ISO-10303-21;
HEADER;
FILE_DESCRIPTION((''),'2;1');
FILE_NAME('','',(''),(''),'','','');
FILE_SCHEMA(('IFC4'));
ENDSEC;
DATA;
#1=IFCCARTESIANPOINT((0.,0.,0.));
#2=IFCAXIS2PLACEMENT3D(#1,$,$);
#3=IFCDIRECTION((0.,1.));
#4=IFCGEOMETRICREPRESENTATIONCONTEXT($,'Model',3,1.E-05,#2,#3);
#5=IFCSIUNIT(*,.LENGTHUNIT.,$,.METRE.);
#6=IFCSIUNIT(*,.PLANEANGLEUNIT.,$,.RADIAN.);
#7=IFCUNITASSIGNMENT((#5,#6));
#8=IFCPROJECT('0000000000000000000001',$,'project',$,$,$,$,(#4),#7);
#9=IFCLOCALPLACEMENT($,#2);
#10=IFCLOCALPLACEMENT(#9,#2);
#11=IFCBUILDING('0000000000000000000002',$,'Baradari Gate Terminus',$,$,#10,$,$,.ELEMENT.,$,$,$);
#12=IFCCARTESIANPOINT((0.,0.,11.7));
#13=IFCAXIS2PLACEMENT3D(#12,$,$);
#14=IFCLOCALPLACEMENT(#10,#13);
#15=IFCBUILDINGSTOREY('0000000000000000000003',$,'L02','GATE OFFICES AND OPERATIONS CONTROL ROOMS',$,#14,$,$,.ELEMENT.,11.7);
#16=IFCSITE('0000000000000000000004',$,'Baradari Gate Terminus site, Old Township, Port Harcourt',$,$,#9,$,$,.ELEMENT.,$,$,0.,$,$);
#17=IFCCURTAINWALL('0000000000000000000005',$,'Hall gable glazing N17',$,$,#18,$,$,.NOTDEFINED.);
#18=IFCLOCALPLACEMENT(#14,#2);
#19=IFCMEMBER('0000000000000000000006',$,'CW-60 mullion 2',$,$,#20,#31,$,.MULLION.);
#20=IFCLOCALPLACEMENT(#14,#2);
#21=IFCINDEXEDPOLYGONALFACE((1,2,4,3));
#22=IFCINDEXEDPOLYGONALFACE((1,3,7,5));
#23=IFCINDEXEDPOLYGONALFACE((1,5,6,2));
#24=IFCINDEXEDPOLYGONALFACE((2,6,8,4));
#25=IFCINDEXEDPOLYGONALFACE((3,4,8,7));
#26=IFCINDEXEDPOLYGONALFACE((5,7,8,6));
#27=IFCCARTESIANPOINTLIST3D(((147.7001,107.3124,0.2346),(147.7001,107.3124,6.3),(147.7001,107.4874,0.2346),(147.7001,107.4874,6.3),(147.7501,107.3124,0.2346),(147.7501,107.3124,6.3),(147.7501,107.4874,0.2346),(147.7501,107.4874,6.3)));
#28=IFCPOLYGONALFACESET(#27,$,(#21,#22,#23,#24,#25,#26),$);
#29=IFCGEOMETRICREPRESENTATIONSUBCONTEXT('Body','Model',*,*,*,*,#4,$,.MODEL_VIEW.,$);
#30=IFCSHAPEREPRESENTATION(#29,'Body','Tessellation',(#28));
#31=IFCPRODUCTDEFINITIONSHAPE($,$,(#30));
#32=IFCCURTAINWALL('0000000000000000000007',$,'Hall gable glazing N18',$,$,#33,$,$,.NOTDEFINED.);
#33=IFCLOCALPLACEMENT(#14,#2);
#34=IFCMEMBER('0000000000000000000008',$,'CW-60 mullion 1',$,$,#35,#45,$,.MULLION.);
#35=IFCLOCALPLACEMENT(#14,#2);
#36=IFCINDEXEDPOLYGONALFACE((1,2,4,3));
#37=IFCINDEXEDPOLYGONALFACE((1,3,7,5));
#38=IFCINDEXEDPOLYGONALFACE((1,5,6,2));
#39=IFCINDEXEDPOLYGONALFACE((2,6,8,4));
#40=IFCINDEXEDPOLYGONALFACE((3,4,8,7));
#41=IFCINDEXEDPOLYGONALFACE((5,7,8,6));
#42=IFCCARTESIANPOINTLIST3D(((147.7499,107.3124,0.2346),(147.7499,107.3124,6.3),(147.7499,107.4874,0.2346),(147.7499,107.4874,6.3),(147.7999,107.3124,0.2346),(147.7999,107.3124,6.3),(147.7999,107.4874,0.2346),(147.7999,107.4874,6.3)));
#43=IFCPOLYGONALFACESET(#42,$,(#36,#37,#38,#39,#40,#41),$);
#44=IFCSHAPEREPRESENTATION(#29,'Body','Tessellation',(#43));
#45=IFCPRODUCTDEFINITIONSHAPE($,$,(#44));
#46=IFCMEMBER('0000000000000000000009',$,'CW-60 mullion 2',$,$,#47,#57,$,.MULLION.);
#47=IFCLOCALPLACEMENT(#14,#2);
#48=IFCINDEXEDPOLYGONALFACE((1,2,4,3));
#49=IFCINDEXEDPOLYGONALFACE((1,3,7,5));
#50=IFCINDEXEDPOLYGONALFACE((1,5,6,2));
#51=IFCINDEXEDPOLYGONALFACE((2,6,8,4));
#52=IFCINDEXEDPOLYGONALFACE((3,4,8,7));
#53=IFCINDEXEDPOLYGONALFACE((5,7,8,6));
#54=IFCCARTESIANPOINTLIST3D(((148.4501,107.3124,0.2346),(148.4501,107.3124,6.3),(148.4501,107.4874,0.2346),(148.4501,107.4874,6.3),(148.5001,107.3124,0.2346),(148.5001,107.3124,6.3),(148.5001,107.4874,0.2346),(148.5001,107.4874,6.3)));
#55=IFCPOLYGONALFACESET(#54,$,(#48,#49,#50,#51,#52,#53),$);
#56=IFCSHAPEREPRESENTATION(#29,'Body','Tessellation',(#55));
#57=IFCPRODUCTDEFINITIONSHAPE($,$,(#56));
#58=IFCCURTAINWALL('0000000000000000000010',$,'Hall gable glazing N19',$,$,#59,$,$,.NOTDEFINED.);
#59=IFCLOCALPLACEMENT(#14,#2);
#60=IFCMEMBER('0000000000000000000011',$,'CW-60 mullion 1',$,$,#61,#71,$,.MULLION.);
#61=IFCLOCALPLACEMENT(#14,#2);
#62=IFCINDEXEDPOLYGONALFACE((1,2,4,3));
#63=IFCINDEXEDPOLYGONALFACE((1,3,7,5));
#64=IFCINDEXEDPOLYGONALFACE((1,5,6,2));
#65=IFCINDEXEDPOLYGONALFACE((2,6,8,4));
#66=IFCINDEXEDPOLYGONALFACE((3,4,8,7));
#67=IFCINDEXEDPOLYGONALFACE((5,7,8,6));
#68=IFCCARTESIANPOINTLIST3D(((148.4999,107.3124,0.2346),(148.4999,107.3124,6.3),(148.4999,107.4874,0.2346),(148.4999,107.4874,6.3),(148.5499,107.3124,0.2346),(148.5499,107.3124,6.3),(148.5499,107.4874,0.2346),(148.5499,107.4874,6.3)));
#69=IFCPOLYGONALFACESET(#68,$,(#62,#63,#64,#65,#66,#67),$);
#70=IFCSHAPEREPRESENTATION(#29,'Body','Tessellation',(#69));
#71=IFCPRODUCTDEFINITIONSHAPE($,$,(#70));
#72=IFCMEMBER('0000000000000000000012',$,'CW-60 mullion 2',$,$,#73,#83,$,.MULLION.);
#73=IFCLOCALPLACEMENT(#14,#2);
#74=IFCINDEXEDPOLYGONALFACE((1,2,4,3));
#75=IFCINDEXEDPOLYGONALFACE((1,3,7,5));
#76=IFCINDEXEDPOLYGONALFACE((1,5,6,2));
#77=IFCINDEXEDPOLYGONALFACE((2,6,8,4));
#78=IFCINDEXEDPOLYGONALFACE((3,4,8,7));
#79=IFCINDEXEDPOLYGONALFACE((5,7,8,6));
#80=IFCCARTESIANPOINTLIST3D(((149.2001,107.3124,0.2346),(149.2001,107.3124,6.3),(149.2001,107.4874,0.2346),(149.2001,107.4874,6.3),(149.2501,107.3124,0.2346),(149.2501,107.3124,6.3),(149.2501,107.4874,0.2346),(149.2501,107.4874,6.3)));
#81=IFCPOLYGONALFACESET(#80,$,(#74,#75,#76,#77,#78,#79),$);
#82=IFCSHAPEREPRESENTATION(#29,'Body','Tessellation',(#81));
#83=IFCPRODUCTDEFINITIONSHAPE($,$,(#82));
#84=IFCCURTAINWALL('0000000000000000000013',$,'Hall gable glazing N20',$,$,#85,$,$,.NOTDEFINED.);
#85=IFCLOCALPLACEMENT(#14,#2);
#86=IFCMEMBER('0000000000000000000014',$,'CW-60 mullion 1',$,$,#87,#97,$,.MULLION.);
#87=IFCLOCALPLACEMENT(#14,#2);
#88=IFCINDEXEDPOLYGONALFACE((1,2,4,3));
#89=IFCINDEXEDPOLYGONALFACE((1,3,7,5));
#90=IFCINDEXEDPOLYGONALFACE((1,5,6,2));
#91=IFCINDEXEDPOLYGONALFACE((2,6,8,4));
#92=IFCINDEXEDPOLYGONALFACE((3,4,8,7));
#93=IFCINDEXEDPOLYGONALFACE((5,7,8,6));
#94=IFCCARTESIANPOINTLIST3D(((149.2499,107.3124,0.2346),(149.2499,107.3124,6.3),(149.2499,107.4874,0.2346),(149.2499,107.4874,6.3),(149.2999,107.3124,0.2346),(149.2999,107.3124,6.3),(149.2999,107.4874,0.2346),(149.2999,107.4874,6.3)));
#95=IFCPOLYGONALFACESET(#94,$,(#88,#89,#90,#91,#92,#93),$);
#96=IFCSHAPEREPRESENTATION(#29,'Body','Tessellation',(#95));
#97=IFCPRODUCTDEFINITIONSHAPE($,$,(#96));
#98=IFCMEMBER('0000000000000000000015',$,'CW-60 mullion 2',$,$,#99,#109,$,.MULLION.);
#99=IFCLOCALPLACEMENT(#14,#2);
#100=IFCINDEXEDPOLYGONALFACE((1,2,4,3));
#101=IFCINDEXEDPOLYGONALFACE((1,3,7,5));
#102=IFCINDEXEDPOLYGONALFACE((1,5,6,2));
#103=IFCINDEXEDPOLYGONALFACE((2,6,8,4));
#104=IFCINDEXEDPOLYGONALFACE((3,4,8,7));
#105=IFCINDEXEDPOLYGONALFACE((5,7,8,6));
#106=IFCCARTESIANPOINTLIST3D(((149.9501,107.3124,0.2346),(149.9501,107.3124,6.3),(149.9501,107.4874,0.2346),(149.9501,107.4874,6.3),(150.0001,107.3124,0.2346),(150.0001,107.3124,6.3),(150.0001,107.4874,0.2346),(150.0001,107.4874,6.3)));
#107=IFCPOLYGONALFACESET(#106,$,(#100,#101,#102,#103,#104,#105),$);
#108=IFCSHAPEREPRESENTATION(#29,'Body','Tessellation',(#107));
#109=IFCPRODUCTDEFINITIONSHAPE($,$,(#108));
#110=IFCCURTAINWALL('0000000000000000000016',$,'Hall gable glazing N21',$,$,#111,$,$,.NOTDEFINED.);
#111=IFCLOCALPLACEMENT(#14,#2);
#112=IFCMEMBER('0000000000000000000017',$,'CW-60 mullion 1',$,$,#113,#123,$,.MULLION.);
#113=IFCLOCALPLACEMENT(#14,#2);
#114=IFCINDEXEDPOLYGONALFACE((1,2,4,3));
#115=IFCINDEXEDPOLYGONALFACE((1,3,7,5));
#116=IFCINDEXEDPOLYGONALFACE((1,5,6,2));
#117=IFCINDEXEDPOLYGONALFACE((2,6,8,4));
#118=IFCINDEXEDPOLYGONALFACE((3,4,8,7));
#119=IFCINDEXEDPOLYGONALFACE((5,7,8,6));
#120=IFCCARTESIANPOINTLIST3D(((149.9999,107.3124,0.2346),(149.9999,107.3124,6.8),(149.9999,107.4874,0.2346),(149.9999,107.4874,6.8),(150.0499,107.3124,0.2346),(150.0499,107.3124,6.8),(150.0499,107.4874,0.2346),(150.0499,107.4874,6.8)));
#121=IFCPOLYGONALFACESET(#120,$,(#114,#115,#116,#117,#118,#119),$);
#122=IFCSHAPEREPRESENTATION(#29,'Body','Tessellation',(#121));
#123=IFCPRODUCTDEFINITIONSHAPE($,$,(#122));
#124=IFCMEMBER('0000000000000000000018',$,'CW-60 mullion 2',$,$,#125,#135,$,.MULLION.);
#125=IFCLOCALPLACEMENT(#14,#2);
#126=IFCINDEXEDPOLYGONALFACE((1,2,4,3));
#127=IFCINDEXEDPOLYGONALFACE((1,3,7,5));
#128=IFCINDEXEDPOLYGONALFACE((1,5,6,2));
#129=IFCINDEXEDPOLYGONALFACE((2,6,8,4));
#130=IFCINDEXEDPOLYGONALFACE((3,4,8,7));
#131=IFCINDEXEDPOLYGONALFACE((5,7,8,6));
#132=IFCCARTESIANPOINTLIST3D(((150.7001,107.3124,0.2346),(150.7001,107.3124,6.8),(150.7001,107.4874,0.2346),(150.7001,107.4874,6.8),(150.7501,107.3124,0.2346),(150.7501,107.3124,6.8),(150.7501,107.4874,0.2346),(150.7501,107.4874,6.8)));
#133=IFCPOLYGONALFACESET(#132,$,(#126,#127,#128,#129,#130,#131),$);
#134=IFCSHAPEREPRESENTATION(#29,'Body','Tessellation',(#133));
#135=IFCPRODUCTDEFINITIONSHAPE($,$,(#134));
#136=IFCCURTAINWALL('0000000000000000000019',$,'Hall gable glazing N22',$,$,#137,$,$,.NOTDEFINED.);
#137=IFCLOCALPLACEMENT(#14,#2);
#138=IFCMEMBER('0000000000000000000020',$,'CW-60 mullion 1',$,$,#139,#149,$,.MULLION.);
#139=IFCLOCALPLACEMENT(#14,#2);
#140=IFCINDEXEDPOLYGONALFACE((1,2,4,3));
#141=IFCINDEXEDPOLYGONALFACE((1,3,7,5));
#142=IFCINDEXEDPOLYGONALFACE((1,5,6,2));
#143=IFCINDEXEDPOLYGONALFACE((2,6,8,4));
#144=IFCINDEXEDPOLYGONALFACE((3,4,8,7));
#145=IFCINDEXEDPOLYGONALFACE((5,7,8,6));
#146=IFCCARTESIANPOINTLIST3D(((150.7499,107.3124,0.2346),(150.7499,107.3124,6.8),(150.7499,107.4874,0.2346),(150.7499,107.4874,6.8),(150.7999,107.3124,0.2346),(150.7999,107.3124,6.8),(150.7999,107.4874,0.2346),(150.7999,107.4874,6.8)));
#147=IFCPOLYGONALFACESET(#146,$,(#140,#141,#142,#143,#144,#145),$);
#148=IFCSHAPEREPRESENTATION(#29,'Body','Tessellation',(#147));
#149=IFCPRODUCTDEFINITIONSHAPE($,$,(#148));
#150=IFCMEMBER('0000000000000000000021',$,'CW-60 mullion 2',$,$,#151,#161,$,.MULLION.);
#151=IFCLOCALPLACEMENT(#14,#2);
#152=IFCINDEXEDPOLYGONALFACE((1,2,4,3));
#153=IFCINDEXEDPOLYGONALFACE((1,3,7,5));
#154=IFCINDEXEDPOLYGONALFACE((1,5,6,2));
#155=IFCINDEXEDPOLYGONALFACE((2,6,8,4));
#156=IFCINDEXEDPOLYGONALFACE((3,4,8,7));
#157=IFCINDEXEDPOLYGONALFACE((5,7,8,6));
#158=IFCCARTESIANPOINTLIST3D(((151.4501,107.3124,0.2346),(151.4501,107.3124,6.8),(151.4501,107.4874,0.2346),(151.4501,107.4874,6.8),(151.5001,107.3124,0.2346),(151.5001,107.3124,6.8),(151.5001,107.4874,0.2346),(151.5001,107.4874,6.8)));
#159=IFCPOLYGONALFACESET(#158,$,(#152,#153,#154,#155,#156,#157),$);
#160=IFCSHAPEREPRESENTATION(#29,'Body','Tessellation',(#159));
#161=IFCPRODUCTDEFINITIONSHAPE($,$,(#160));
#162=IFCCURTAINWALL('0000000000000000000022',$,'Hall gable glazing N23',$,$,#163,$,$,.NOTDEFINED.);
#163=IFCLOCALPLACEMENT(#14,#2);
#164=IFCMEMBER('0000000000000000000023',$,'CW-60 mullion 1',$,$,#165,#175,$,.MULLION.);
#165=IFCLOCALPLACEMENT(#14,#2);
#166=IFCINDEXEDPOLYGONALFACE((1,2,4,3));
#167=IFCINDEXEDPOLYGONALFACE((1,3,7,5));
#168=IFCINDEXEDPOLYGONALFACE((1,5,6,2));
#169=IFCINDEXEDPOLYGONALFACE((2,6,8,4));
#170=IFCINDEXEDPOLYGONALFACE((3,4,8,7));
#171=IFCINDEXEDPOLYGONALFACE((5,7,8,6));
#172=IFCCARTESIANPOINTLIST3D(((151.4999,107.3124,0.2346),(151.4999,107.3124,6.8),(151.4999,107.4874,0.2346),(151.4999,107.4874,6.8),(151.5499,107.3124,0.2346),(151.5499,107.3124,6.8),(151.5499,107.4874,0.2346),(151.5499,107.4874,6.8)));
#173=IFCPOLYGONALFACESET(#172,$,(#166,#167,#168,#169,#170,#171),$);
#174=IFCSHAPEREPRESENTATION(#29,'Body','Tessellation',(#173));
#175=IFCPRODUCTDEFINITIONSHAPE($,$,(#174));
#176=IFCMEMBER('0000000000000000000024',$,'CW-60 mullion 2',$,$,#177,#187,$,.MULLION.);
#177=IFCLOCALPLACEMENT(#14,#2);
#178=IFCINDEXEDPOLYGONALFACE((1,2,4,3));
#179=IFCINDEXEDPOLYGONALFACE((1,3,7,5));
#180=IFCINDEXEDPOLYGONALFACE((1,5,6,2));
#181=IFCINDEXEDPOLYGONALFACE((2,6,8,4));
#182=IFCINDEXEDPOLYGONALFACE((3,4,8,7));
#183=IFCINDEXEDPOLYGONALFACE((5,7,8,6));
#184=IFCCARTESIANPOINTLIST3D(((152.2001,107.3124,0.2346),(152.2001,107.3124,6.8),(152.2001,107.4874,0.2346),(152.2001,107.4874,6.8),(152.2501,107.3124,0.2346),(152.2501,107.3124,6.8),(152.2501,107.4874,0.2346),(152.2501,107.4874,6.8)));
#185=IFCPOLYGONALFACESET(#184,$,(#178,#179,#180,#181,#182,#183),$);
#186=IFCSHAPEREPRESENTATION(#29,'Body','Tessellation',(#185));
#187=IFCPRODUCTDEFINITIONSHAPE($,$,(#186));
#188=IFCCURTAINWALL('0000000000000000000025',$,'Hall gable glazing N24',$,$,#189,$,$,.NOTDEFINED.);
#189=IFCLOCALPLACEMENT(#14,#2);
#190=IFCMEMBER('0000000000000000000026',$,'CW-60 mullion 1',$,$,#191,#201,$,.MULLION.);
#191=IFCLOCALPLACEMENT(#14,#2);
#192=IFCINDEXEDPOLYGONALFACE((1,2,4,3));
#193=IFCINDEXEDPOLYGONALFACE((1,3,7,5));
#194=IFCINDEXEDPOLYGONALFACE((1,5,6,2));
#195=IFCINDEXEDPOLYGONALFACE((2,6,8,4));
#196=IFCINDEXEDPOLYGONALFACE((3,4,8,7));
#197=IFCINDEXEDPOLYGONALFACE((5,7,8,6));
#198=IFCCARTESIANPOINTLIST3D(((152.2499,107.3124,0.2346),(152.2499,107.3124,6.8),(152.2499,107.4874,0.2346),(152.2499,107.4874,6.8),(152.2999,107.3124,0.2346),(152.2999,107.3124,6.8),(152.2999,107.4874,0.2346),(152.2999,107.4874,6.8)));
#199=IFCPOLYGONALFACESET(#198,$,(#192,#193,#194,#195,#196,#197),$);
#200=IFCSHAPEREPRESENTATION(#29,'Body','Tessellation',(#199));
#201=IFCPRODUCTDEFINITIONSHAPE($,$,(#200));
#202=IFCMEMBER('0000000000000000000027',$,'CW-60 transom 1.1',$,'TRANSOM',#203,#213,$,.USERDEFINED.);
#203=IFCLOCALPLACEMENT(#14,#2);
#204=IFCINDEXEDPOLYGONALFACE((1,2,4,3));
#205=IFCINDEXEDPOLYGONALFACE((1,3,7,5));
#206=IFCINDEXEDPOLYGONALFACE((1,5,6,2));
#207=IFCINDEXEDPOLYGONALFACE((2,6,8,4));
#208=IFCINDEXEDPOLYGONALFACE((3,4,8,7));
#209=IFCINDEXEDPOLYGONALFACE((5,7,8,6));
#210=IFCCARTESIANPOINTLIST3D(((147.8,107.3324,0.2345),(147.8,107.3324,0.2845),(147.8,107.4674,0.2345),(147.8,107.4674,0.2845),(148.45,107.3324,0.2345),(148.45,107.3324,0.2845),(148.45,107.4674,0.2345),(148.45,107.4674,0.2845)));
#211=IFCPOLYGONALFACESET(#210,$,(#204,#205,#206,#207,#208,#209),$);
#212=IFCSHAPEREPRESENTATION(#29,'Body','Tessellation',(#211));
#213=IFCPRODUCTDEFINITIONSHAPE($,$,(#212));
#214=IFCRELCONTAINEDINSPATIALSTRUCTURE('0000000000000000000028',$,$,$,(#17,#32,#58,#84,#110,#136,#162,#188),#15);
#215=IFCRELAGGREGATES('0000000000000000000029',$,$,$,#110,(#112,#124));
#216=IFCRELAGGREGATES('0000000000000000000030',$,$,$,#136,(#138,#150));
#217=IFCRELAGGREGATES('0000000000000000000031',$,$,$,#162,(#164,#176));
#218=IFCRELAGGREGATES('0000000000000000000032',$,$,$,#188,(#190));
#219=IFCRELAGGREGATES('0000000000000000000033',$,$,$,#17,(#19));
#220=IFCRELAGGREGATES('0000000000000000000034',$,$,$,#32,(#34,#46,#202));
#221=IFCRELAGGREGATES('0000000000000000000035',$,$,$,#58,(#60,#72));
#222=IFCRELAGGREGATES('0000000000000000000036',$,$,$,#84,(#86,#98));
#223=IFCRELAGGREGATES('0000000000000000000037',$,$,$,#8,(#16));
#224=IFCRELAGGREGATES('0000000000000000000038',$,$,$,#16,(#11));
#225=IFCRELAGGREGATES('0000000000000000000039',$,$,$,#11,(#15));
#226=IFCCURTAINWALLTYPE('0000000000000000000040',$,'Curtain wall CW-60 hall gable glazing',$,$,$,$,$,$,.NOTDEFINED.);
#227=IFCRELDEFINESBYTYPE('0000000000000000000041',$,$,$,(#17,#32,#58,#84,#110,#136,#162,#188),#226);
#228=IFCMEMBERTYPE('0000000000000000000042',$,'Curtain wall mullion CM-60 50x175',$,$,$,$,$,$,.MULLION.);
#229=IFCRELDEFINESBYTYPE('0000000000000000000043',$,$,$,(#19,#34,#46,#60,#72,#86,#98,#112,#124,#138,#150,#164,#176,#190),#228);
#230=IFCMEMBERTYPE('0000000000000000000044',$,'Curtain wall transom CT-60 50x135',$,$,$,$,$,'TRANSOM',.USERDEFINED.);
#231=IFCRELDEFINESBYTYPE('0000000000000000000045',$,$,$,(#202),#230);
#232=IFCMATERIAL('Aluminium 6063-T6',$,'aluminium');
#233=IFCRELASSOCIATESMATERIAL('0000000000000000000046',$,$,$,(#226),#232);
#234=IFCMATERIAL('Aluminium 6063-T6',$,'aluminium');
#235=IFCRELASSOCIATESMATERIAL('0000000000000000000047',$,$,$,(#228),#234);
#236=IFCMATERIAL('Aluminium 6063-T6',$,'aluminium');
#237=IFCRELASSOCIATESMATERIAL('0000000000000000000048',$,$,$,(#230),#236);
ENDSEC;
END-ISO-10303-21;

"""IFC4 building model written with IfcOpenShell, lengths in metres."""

from ifc_helpers import new_model, si_unit, direction, frame, origin, origin_2d, place, context, subcontext, project, spatial, rectangle, extrude, material, material_profile, profile_set, type_object, element, aggregate, save


model = new_model("IFC4")

# Units and contexts
model_context = context("Model", 3, precision=1e-05, world=origin(), true_north=direction((0.0, 1.0)))
body_context = subcontext(model_context, "Body", "Model", "MODEL_VIEW")
ifc_project = project(units=[si_unit("LENGTHUNIT", "METRE"), si_unit("PLANEANGLEUNIT", "RADIAN")], contexts=[model_context])

# Site, building, storey
site_placement = place(None, origin())
site = spatial("IfcSite", under=ifc_project, at=site_placement, Name="Baradari Gate Terminus site, Old Township, Port Harcourt", CompositionType="ELEMENT", RefElevation=0.0)
building_placement = place(site_placement, origin())
building = spatial("IfcBuilding", under=site, at=building_placement, Name="Baradari Gate Terminus", CompositionType="ELEMENT")
storey_placement = place(building_placement, frame((0.0, 0.0, 11.7)))
storey = spatial("IfcBuildingStorey", under=building, at=storey_placement, Name="L02", Description="GATE OFFICES AND OPERATIONS CONTROL ROOMS", CompositionType="ELEMENT", Elevation=11.7)

# Curtain wall, member
ifc_material_1 = material(Name="Aluminium 6063-T6", Category="aluminium")
curtain_wall_type = type_object("IfcCurtainWallType", Name="Curtain wall CW-60 hall gable glazing", PredefinedType="NOTDEFINED", material=ifc_material_1)
curtain_wall_1_placement = place(storey_placement, origin())
curtain_wall_1 = element("IfcCurtainWall", 1, at=curtain_wall_1_placement, inside=storey, type_object=curtain_wall_type, Name="Hall gable glazing N17", PredefinedType="NOTDEFINED")
ifc_material_2 = material(Name="Aluminium 6063-T6", Category="aluminium")
ifc_material_profile_1 = material_profile(ifc_material_2, rectangle(XDim=0.175, YDim=0.05, at=origin_2d()), Name="CM-60 50X175")
ifc_profile_set_1 = profile_set([ifc_material_profile_1], Name="Aluminium 6063-T6")
member_type_1 = type_object("IfcMemberType", Name="Curtain wall mullion CM-60 50x175", PredefinedType="MULLION", material=ifc_profile_set_1)
member_1_placement = place(storey_placement, frame((147.7251, 107.3999, 0.2346), z_axis=(0.0, 0.0, 1.0), x_axis=(0.0, 1.0, 0.0)))
member_1 = element("IfcMember", 2, at=member_1_placement, type_object=member_type_1, Name="CW-60 mullion 2", PredefinedType="MULLION", context=body_context, shape_type="SweptSolid", body=[
    extrude(rectangle(XDim=0.175, YDim=0.05, at=origin_2d()), origin(), (0.0, 0.0, 1.0), 6.0654),
])

# Curtain walls, members
curtain_wall_2_placement = place(storey_placement, origin())
curtain_wall_2 = element("IfcCurtainWall", 3, at=curtain_wall_2_placement, inside=storey, type_object=curtain_wall_type, Name="Hall gable glazing N18", PredefinedType="NOTDEFINED")
member_2_placement = place(storey_placement, frame((147.7749, 107.3999, 0.2346), z_axis=(0.0, 0.0, 1.0), x_axis=(0.0, 1.0, 0.0)))
member_2 = element("IfcMember", 4, at=member_2_placement, type_object=member_type_1, Name="CW-60 mullion 1", PredefinedType="MULLION", context=body_context, shape_type="SweptSolid", body=[
    extrude(rectangle(XDim=0.175, YDim=0.05, at=origin_2d()), origin(), (0.0, 0.0, 1.0), 6.0654),
])
member_3_placement = place(storey_placement, frame((148.4751, 107.3999, 0.2346), z_axis=(0.0, 0.0, 1.0), x_axis=(0.0, 1.0, 0.0)))
member_3 = element("IfcMember", 5, at=member_3_placement, type_object=member_type_1, Name="CW-60 mullion 2", PredefinedType="MULLION", context=body_context, shape_type="SweptSolid", body=[
    extrude(rectangle(XDim=0.175, YDim=0.05, at=origin_2d()), origin(), (0.0, 0.0, 1.0), 6.0654),
])
curtain_wall_3_placement = place(storey_placement, origin())
curtain_wall_3 = element("IfcCurtainWall", 6, at=curtain_wall_3_placement, inside=storey, type_object=curtain_wall_type, Name="Hall gable glazing N19", PredefinedType="NOTDEFINED")
member_4_placement = place(storey_placement, frame((148.5249, 107.3999, 0.2346), z_axis=(0.0, 0.0, 1.0), x_axis=(0.0, 1.0, 0.0)))
member_4 = element("IfcMember", 7, at=member_4_placement, type_object=member_type_1, Name="CW-60 mullion 1", PredefinedType="MULLION", context=body_context, shape_type="SweptSolid", body=[
    extrude(rectangle(XDim=0.175, YDim=0.05, at=origin_2d()), origin(), (0.0, 0.0, 1.0), 6.0654),
])
member_5_placement = place(storey_placement, frame((149.2251, 107.3999, 0.2346), z_axis=(0.0, 0.0, 1.0), x_axis=(0.0, 1.0, 0.0)))
member_5 = element("IfcMember", 8, at=member_5_placement, type_object=member_type_1, Name="CW-60 mullion 2", PredefinedType="MULLION", context=body_context, shape_type="SweptSolid", body=[
    extrude(rectangle(XDim=0.175, YDim=0.05, at=origin_2d()), origin(), (0.0, 0.0, 1.0), 6.0654),
])
curtain_wall_4_placement = place(storey_placement, origin())
curtain_wall_4 = element("IfcCurtainWall", 9, at=curtain_wall_4_placement, inside=storey, type_object=curtain_wall_type, Name="Hall gable glazing N20", PredefinedType="NOTDEFINED")
member_6_placement = place(storey_placement, frame((149.2749, 107.3999, 0.2346), z_axis=(0.0, 0.0, 1.0), x_axis=(0.0, 1.0, 0.0)))
member_6 = element("IfcMember", 10, at=member_6_placement, type_object=member_type_1, Name="CW-60 mullion 1", PredefinedType="MULLION", context=body_context, shape_type="SweptSolid", body=[
    extrude(rectangle(XDim=0.175, YDim=0.05, at=origin_2d()), origin(), (0.0, 0.0, 1.0), 6.0654),
])
member_7_placement = place(storey_placement, frame((149.9751, 107.3999, 0.2346), z_axis=(0.0, 0.0, 1.0), x_axis=(0.0, 1.0, 0.0)))
member_7 = element("IfcMember", 11, at=member_7_placement, type_object=member_type_1, Name="CW-60 mullion 2", PredefinedType="MULLION", context=body_context, shape_type="SweptSolid", body=[
    extrude(rectangle(XDim=0.175, YDim=0.05, at=origin_2d()), origin(), (0.0, 0.0, 1.0), 6.0654),
])
curtain_wall_5_placement = place(storey_placement, origin())
curtain_wall_5 = element("IfcCurtainWall", 12, at=curtain_wall_5_placement, inside=storey, type_object=curtain_wall_type, Name="Hall gable glazing N21", PredefinedType="NOTDEFINED")
member_8_placement = place(storey_placement, frame((150.0249, 107.3999, 0.2346), z_axis=(0.0, 0.0, 1.0), x_axis=(0.0, 1.0, 0.0)))
member_8 = element("IfcMember", 13, at=member_8_placement, type_object=member_type_1, Name="CW-60 mullion 1", PredefinedType="MULLION", context=body_context, shape_type="SweptSolid", body=[
    extrude(rectangle(XDim=0.175, YDim=0.05, at=origin_2d()), origin(), (0.0, 0.0, 1.0), 6.5654),
])
member_9_placement = place(storey_placement, frame((150.7251, 107.3999, 0.2346), z_axis=(0.0, 0.0, 1.0), x_axis=(0.0, 1.0, 0.0)))
member_9 = element("IfcMember", 14, at=member_9_placement, type_object=member_type_1, Name="CW-60 mullion 2", PredefinedType="MULLION", context=body_context, shape_type="SweptSolid", body=[
    extrude(rectangle(XDim=0.175, YDim=0.05, at=origin_2d()), origin(), (0.0, 0.0, 1.0), 6.5654),
])
curtain_wall_6_placement = place(storey_placement, origin())
curtain_wall_6 = element("IfcCurtainWall", 15, at=curtain_wall_6_placement, inside=storey, type_object=curtain_wall_type, Name="Hall gable glazing N22", PredefinedType="NOTDEFINED")
member_10_placement = place(storey_placement, frame((150.7749, 107.3999, 0.2346), z_axis=(0.0, 0.0, 1.0), x_axis=(0.0, 1.0, 0.0)))
member_10 = element("IfcMember", 16, at=member_10_placement, type_object=member_type_1, Name="CW-60 mullion 1", PredefinedType="MULLION", context=body_context, shape_type="SweptSolid", body=[
    extrude(rectangle(XDim=0.175, YDim=0.05, at=origin_2d()), origin(), (0.0, 0.0, 1.0), 6.5654),
])
member_11_placement = place(storey_placement, frame((151.4751, 107.3999, 0.2346), z_axis=(0.0, 0.0, 1.0), x_axis=(0.0, 1.0, 0.0)))
member_11 = element("IfcMember", 17, at=member_11_placement, type_object=member_type_1, Name="CW-60 mullion 2", PredefinedType="MULLION", context=body_context, shape_type="SweptSolid", body=[
    extrude(rectangle(XDim=0.175, YDim=0.05, at=origin_2d()), origin(), (0.0, 0.0, 1.0), 6.5654),
])
curtain_wall_7_placement = place(storey_placement, origin())
curtain_wall_7 = element("IfcCurtainWall", 18, at=curtain_wall_7_placement, inside=storey, type_object=curtain_wall_type, Name="Hall gable glazing N23", PredefinedType="NOTDEFINED")
member_12_placement = place(storey_placement, frame((151.5249, 107.3999, 0.2346), z_axis=(0.0, 0.0, 1.0), x_axis=(0.0, 1.0, 0.0)))
member_12 = element("IfcMember", 19, at=member_12_placement, type_object=member_type_1, Name="CW-60 mullion 1", PredefinedType="MULLION", context=body_context, shape_type="SweptSolid", body=[
    extrude(rectangle(XDim=0.175, YDim=0.05, at=origin_2d()), origin(), (0.0, 0.0, 1.0), 6.5654),
])
member_13_placement = place(storey_placement, frame((152.2251, 107.3999, 0.2346), z_axis=(0.0, 0.0, 1.0), x_axis=(0.0, 1.0, 0.0)))
member_13 = element("IfcMember", 20, at=member_13_placement, type_object=member_type_1, Name="CW-60 mullion 2", PredefinedType="MULLION", context=body_context, shape_type="SweptSolid", body=[
    extrude(rectangle(XDim=0.175, YDim=0.05, at=origin_2d()), origin(), (0.0, 0.0, 1.0), 6.5654),
])

# Curtain wall, member
curtain_wall_8_placement = place(storey_placement, origin())
curtain_wall_8 = element("IfcCurtainWall", 21, at=curtain_wall_8_placement, inside=storey, type_object=curtain_wall_type, Name="Hall gable glazing N24", PredefinedType="NOTDEFINED")
member_14_placement = place(storey_placement, frame((152.2749, 107.3999, 0.2346), z_axis=(0.0, 0.0, 1.0), x_axis=(0.0, 1.0, 0.0)))
member_14 = element("IfcMember", 22, at=member_14_placement, type_object=member_type_1, Name="CW-60 mullion 1", PredefinedType="MULLION", context=body_context, shape_type="SweptSolid", body=[
    extrude(rectangle(XDim=0.175, YDim=0.05, at=origin_2d()), origin(), (0.0, 0.0, 1.0), 6.5654),
])

# Member
ifc_material_3 = material(Name="Aluminium 6063-T6", Category="aluminium")
ifc_material_profile_2 = material_profile(ifc_material_3, rectangle(XDim=0.135, YDim=0.05, at=origin_2d()), Name="CT-60 50X135")
ifc_profile_set_2 = profile_set([ifc_material_profile_2], Name="Aluminium 6063-T6")
member_type_2 = type_object("IfcMemberType", Name="Curtain wall transom CT-60 50x135", ElementType="TRANSOM", PredefinedType="USERDEFINED", material=ifc_profile_set_2)
member_15_placement = place(storey_placement, frame((147.8, 107.3999, 0.2595), z_axis=(1.0, 0.0, 0.0), x_axis=(0.0, 1.0, 0.0)))
member_15 = element("IfcMember", 23, at=member_15_placement, type_object=member_type_2, Name="CW-60 transom 1.1", ObjectType="TRANSOM", PredefinedType="USERDEFINED", context=body_context, shape_type="SweptSolid", body=[
    extrude(rectangle(XDim=0.135, YDim=0.05, at=origin_2d()), origin(), (0.0, 0.0, 1.0), 0.6499),
])
aggregate(curtain_wall_5, [member_8, member_9])
aggregate(curtain_wall_6, [member_10, member_11])
aggregate(curtain_wall_7, [member_12, member_13])
aggregate(curtain_wall_8, [member_14])

aggregate(curtain_wall_1, [member_1])
aggregate(curtain_wall_2, [member_2, member_3, member_15])
aggregate(curtain_wall_3, [member_4, member_5])
aggregate(curtain_wall_4, [member_6, member_7])

save(model, "model.ifc")
